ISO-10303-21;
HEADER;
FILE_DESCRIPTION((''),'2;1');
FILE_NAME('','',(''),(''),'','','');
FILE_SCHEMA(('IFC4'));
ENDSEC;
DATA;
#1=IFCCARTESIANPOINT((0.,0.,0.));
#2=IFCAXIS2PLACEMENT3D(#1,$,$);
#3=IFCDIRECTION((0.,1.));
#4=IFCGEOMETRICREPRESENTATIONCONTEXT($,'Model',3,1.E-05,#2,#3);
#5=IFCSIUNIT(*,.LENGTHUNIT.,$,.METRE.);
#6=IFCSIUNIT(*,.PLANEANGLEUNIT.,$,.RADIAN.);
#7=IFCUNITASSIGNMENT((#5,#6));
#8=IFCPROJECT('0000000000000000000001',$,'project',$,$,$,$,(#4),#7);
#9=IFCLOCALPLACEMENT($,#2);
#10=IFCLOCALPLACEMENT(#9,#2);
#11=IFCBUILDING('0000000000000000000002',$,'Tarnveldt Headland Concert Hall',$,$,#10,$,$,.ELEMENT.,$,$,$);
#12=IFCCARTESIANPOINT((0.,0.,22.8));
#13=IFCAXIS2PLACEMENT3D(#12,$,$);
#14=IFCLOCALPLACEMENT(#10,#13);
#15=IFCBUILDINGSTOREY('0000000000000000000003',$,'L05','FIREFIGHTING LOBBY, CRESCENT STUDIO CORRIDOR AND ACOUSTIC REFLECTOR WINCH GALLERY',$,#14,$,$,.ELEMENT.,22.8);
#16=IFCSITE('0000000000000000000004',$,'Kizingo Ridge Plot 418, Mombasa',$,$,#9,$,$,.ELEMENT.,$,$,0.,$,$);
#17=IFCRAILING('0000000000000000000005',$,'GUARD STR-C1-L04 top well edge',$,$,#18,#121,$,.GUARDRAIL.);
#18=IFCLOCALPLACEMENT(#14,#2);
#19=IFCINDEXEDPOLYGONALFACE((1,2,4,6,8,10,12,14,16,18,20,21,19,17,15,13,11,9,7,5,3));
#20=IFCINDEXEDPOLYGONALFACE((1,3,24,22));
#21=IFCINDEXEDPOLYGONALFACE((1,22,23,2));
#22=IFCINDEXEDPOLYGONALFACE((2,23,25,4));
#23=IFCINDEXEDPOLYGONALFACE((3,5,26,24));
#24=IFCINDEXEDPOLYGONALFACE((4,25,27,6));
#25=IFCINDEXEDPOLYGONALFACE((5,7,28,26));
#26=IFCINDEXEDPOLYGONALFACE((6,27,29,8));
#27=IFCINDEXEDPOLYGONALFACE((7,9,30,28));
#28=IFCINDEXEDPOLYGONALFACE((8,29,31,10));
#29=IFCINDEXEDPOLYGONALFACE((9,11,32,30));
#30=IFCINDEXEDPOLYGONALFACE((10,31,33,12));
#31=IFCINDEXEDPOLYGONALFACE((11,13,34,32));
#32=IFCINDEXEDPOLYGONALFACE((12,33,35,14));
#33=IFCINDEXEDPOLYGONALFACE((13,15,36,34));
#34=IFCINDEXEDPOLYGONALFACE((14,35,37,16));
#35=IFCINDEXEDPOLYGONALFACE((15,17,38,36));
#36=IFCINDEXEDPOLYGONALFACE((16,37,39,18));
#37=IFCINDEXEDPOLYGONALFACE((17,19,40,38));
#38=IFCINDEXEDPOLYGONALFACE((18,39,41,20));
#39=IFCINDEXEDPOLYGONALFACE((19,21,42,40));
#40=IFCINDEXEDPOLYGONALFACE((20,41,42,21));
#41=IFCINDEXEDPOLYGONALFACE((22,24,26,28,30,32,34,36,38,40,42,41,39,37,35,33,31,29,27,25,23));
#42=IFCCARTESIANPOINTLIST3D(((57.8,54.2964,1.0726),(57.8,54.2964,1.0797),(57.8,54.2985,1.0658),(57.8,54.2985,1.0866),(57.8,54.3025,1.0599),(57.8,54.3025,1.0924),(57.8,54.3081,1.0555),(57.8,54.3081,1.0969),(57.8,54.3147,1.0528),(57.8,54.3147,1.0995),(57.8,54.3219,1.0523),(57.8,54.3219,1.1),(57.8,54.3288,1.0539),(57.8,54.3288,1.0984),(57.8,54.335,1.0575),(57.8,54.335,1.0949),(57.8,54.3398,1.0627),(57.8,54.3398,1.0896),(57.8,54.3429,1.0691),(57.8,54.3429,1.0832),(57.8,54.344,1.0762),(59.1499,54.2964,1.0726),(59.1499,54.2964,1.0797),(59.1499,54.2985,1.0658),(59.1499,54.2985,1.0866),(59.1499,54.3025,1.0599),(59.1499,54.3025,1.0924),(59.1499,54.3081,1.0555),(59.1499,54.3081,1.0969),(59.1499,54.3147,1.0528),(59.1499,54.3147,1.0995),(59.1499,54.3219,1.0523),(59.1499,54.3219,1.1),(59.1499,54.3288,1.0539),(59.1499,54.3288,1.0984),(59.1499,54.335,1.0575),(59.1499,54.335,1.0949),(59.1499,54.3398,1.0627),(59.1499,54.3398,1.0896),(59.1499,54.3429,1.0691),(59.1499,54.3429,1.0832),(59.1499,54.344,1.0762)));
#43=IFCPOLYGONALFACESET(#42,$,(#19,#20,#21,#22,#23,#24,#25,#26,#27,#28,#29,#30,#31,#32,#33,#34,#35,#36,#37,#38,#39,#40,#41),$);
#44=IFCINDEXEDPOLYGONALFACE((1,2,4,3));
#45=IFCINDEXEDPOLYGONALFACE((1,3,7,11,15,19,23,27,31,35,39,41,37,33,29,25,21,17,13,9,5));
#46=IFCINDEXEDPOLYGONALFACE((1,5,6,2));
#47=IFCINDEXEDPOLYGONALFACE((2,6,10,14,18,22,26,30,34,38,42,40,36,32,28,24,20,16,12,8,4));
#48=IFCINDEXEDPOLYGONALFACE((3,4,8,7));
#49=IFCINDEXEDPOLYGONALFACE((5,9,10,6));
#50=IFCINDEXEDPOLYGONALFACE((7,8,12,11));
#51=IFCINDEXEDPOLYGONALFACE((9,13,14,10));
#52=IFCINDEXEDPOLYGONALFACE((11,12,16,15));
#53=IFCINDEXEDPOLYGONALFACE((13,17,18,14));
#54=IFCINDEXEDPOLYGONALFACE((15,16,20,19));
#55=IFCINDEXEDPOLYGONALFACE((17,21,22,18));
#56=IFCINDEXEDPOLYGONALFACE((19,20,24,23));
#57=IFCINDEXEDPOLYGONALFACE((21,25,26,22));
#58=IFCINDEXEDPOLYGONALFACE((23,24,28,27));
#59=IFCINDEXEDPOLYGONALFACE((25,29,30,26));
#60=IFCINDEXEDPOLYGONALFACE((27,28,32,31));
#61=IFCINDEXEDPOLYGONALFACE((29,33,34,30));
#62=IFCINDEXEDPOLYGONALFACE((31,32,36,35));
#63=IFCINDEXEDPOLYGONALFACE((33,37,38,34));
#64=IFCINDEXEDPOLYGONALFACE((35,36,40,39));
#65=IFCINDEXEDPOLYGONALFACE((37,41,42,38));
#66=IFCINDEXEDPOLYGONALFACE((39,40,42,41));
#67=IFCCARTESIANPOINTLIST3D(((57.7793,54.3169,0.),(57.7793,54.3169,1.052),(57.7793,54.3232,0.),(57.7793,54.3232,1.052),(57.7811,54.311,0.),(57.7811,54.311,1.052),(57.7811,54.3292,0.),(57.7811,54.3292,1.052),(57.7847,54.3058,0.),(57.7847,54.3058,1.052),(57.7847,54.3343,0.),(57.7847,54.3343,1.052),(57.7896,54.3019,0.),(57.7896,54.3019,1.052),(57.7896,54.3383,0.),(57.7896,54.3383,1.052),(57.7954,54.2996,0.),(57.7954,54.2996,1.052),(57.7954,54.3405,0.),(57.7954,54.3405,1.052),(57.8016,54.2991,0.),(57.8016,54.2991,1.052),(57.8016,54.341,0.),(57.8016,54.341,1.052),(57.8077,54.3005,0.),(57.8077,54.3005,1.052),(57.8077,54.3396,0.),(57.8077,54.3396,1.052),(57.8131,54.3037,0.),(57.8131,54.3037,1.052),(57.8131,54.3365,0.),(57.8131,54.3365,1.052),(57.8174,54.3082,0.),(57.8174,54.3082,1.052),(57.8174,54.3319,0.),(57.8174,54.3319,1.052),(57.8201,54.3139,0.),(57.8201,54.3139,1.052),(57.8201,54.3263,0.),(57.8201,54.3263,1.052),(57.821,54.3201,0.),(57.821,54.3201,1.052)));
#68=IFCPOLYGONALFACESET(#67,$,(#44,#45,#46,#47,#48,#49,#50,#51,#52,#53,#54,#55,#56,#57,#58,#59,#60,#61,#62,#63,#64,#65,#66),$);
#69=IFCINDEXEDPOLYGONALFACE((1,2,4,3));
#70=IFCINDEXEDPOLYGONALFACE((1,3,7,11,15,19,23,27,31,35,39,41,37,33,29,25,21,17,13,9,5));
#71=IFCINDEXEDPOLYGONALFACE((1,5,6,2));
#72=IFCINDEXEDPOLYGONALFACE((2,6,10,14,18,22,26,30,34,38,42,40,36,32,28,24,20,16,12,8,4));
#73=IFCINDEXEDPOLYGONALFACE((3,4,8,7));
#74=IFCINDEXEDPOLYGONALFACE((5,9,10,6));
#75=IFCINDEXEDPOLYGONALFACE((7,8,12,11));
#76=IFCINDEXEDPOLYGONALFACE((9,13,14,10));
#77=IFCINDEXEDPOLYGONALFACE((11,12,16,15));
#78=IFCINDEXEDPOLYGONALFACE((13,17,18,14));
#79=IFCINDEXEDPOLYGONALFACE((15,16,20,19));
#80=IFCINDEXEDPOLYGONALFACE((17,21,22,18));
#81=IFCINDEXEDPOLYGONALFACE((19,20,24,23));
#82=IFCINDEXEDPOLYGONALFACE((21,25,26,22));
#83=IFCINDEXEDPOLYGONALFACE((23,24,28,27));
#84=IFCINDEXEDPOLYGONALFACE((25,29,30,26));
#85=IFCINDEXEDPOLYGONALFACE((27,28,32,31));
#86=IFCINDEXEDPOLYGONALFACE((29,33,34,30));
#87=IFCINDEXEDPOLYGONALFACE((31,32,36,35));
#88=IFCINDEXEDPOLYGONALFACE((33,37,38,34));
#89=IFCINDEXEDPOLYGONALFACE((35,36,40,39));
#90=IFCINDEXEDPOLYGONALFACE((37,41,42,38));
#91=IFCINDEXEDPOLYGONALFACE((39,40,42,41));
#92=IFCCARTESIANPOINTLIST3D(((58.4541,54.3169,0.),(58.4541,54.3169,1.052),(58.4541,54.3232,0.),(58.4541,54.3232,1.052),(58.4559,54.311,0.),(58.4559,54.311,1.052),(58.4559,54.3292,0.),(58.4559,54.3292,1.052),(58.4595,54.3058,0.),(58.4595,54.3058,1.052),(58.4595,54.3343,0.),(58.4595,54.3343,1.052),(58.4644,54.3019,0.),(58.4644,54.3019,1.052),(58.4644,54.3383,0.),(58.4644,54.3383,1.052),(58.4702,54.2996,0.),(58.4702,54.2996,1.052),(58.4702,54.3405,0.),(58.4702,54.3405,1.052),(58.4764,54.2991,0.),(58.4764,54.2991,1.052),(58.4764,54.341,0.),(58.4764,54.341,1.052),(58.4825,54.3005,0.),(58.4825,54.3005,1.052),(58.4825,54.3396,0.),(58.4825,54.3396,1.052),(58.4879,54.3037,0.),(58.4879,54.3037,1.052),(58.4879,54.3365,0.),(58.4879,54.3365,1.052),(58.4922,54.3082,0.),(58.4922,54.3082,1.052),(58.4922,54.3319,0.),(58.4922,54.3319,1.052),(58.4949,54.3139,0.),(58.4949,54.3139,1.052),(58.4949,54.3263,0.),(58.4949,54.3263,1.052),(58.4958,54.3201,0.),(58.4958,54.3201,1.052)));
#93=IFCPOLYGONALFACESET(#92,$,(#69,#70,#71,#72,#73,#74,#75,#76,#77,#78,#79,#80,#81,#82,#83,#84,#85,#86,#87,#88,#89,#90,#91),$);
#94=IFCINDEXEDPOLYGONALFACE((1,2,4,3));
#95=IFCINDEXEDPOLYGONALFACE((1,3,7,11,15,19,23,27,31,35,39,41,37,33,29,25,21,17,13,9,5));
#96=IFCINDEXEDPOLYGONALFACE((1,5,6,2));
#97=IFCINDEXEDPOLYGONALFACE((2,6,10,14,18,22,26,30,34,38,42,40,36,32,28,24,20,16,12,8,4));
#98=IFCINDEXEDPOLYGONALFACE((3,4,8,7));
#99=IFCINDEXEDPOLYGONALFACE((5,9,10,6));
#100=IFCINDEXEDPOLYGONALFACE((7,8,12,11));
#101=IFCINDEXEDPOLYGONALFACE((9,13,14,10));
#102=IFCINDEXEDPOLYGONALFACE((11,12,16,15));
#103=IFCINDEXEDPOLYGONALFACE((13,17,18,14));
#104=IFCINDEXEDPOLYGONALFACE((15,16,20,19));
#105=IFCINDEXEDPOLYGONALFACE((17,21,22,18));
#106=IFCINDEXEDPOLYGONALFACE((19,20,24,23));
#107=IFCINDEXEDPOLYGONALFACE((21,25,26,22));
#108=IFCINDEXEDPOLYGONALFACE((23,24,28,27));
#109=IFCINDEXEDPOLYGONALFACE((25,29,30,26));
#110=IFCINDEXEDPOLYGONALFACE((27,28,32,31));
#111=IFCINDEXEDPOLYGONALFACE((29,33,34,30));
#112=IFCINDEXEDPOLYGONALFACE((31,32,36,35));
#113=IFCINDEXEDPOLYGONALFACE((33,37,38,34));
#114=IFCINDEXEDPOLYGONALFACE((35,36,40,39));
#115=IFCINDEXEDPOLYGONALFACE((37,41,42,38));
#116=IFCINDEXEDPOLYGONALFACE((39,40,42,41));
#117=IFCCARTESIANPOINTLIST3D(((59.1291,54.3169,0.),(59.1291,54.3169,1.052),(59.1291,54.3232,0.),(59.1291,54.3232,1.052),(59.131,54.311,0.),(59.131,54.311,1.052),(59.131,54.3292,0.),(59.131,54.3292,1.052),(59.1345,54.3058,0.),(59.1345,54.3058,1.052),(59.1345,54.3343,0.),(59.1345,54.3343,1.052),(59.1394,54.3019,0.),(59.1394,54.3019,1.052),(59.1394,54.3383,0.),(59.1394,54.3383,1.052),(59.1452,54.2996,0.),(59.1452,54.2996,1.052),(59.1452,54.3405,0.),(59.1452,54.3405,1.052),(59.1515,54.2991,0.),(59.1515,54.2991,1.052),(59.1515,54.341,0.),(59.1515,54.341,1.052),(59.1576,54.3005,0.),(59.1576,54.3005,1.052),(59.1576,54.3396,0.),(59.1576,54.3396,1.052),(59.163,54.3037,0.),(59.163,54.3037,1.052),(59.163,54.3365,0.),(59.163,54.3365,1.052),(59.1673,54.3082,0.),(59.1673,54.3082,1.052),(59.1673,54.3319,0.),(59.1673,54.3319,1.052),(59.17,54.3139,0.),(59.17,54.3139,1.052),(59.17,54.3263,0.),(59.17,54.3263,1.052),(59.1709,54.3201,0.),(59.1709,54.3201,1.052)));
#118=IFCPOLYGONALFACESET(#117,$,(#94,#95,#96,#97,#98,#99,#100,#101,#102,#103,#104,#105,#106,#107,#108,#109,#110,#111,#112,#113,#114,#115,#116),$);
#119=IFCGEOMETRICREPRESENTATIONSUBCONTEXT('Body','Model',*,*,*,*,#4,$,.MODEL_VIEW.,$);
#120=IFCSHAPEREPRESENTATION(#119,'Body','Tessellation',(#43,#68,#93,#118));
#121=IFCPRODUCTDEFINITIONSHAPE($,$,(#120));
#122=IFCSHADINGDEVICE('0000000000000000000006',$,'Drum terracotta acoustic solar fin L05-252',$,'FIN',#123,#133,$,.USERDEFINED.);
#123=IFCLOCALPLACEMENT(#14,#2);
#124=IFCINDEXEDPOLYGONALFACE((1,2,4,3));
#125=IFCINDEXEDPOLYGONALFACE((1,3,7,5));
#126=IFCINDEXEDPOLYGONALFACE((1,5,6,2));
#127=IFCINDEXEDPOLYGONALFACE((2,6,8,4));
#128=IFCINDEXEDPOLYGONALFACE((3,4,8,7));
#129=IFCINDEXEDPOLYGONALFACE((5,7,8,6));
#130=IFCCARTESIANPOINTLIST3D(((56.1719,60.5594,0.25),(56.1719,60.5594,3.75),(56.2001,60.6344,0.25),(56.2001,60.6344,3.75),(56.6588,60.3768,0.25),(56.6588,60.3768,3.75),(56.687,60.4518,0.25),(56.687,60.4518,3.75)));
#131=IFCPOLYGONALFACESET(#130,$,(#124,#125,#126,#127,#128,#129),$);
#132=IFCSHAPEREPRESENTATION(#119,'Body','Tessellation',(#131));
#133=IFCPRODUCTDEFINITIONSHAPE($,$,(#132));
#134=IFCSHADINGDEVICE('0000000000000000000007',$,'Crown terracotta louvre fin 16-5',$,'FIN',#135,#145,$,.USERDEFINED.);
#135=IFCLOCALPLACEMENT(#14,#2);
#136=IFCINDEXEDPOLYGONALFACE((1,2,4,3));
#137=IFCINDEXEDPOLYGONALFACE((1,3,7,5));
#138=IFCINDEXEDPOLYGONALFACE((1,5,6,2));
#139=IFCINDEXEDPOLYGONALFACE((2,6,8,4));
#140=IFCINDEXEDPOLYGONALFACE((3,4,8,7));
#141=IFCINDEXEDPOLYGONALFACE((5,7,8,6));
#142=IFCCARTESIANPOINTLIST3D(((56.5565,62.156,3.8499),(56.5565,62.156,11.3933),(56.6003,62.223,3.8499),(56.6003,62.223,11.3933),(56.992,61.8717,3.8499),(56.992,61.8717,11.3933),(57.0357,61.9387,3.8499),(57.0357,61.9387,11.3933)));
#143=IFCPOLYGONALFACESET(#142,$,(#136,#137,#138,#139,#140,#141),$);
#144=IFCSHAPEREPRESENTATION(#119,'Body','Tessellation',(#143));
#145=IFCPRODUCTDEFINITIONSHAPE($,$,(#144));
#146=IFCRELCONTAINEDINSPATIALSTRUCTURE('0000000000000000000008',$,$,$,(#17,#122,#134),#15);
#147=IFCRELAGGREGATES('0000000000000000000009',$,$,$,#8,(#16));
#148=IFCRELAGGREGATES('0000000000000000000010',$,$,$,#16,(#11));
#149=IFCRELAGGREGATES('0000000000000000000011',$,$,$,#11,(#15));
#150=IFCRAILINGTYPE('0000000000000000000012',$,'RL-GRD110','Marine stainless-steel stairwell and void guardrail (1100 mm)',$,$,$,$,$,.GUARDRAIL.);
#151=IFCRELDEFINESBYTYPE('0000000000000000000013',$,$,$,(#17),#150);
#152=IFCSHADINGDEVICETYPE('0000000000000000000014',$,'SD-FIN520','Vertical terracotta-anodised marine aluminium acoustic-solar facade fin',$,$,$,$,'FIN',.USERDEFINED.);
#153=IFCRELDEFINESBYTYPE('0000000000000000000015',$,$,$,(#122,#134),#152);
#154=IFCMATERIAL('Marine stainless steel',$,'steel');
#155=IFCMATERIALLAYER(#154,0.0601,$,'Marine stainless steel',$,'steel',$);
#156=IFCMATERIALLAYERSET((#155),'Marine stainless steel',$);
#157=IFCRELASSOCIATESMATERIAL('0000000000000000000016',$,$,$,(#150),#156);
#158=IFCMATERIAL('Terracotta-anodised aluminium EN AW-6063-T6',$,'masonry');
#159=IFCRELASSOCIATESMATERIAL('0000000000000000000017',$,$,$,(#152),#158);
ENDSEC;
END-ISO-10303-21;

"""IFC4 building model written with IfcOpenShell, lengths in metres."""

from ifc_helpers import new_model, si_unit, direction, frame, origin, origin_2d, place, context, subcontext, project, spatial, rectangle, circle, extrude, material, layer, layer_set, type_object, element, save


model = new_model("IFC4")

# Units and contexts
model_context = context("Model", 3, precision=1e-05, world=origin(), true_north=direction((0.0, 1.0)))
body_context = subcontext(model_context, "Body", "Model", "MODEL_VIEW")
ifc_project = project(units=[si_unit("LENGTHUNIT", "METRE"), si_unit("PLANEANGLEUNIT", "RADIAN")], contexts=[model_context])

# Site, building, storey
site_placement = place(None, origin())
site = spatial("IfcSite", under=ifc_project, at=site_placement, Name="Kizingo Ridge Plot 418, Mombasa", CompositionType="ELEMENT", RefElevation=0.0)
building_placement = place(site_placement, origin())
building = spatial("IfcBuilding", under=site, at=building_placement, Name="Tarnveldt Headland Concert Hall", CompositionType="ELEMENT")
storey_placement = place(building_placement, frame((0.0, 0.0, 22.8)))
storey = spatial("IfcBuildingStorey", under=building, at=storey_placement, Name="L05", Description="FIREFIGHTING LOBBY, CRESCENT STUDIO CORRIDOR AND ACOUSTIC REFLECTOR WINCH GALLERY", CompositionType="ELEMENT", Elevation=22.8)

# Railing
ifc_material_1 = material(Name="Marine stainless steel", Category="steel")
ifc_layer_1 = layer(ifc_material_1, 0.0601, Name="Marine stainless steel", Category="steel")
ifc_layer_set_1 = layer_set([ifc_layer_1], Name="Marine stainless steel")
railing_type = type_object("IfcRailingType", Name="RL-GRD110", Description="Marine stainless-steel stairwell and void guardrail (1100 mm)", PredefinedType="GUARDRAIL", material=ifc_layer_set_1)
railing_placement = place(storey_placement, frame((57.8, 54.3201, 0.0)))
element("IfcRailing", 1, at=railing_placement, inside=storey, type_object=railing_type, Name="GUARD STR-C1-L04 top well edge", PredefinedType="GUARDRAIL", context=body_context, shape_type="SweptSolid", body=[
    extrude(circle(Radius=0.0239, at=origin_2d()), frame((0.0, 0.0, 1.0762), z_axis=(1.0, 0.0, 0.0), x_axis=(0.0, 1.0, 0.0)), (0.0, 0.0, 1.0), 1.3499),
    extrude(circle(Radius=0.021, at=origin_2d()), origin(), (0.0, 0.0, 1.0), 1.052),
    extrude(circle(Radius=0.021, at=origin_2d()), frame((0.6748, 0.0, 0.0)), (0.0, 0.0, 1.0), 1.052),
    extrude(circle(Radius=0.021, at=origin_2d()), frame((1.3499, 0.0, 0.0)), (0.0, 0.0, 1.0), 1.052),
])

# Shading devices
ifc_material_2 = material(Name="Terracotta-anodised aluminium EN AW-6063-T6", Category="masonry")
shading_device_type = type_object("IfcShadingDeviceType", Name="SD-FIN520", Description="Vertical terracotta-anodised marine aluminium acoustic-solar facade fin", ElementType="FIN", PredefinedType="USERDEFINED", material=ifc_material_2)
shading_device_1_placement = place(storey_placement, frame((56.4294, 60.5056, 0.25), z_axis=(0.0, 0.0, 1.0), x_axis=(-0.936305, 0.351188, 0.0)))
element("IfcShadingDevice", 2, at=shading_device_1_placement, inside=storey, type_object=shading_device_type, Name="Drum terracotta acoustic solar fin L05-252", ObjectType="FIN", PredefinedType="USERDEFINED", context=body_context, shape_type="SweptSolid", body=[
    extrude(rectangle(XDim=0.52, YDim=0.0801, at=origin_2d()), origin(), (0.0, 0.0, 1.0), 3.5),
])
shading_device_2_placement = place(storey_placement, frame((56.7961, 62.0474, 3.8499), z_axis=(0.0, 0.0, 1.0), x_axis=(-0.837337, 0.546687, 0.0)))
element("IfcShadingDevice", 3, at=shading_device_2_placement, inside=storey, type_object=shading_device_type, Name="Crown terracotta louvre fin 16-5", ObjectType="FIN", PredefinedType="USERDEFINED", context=body_context, shape_type="SweptSolid", body=[
    extrude(rectangle(XDim=0.52, YDim=0.0801, at=origin_2d()), origin(), (0.0, 0.0, 1.0), 7.5435),
])

save(model, "model.ifc")
